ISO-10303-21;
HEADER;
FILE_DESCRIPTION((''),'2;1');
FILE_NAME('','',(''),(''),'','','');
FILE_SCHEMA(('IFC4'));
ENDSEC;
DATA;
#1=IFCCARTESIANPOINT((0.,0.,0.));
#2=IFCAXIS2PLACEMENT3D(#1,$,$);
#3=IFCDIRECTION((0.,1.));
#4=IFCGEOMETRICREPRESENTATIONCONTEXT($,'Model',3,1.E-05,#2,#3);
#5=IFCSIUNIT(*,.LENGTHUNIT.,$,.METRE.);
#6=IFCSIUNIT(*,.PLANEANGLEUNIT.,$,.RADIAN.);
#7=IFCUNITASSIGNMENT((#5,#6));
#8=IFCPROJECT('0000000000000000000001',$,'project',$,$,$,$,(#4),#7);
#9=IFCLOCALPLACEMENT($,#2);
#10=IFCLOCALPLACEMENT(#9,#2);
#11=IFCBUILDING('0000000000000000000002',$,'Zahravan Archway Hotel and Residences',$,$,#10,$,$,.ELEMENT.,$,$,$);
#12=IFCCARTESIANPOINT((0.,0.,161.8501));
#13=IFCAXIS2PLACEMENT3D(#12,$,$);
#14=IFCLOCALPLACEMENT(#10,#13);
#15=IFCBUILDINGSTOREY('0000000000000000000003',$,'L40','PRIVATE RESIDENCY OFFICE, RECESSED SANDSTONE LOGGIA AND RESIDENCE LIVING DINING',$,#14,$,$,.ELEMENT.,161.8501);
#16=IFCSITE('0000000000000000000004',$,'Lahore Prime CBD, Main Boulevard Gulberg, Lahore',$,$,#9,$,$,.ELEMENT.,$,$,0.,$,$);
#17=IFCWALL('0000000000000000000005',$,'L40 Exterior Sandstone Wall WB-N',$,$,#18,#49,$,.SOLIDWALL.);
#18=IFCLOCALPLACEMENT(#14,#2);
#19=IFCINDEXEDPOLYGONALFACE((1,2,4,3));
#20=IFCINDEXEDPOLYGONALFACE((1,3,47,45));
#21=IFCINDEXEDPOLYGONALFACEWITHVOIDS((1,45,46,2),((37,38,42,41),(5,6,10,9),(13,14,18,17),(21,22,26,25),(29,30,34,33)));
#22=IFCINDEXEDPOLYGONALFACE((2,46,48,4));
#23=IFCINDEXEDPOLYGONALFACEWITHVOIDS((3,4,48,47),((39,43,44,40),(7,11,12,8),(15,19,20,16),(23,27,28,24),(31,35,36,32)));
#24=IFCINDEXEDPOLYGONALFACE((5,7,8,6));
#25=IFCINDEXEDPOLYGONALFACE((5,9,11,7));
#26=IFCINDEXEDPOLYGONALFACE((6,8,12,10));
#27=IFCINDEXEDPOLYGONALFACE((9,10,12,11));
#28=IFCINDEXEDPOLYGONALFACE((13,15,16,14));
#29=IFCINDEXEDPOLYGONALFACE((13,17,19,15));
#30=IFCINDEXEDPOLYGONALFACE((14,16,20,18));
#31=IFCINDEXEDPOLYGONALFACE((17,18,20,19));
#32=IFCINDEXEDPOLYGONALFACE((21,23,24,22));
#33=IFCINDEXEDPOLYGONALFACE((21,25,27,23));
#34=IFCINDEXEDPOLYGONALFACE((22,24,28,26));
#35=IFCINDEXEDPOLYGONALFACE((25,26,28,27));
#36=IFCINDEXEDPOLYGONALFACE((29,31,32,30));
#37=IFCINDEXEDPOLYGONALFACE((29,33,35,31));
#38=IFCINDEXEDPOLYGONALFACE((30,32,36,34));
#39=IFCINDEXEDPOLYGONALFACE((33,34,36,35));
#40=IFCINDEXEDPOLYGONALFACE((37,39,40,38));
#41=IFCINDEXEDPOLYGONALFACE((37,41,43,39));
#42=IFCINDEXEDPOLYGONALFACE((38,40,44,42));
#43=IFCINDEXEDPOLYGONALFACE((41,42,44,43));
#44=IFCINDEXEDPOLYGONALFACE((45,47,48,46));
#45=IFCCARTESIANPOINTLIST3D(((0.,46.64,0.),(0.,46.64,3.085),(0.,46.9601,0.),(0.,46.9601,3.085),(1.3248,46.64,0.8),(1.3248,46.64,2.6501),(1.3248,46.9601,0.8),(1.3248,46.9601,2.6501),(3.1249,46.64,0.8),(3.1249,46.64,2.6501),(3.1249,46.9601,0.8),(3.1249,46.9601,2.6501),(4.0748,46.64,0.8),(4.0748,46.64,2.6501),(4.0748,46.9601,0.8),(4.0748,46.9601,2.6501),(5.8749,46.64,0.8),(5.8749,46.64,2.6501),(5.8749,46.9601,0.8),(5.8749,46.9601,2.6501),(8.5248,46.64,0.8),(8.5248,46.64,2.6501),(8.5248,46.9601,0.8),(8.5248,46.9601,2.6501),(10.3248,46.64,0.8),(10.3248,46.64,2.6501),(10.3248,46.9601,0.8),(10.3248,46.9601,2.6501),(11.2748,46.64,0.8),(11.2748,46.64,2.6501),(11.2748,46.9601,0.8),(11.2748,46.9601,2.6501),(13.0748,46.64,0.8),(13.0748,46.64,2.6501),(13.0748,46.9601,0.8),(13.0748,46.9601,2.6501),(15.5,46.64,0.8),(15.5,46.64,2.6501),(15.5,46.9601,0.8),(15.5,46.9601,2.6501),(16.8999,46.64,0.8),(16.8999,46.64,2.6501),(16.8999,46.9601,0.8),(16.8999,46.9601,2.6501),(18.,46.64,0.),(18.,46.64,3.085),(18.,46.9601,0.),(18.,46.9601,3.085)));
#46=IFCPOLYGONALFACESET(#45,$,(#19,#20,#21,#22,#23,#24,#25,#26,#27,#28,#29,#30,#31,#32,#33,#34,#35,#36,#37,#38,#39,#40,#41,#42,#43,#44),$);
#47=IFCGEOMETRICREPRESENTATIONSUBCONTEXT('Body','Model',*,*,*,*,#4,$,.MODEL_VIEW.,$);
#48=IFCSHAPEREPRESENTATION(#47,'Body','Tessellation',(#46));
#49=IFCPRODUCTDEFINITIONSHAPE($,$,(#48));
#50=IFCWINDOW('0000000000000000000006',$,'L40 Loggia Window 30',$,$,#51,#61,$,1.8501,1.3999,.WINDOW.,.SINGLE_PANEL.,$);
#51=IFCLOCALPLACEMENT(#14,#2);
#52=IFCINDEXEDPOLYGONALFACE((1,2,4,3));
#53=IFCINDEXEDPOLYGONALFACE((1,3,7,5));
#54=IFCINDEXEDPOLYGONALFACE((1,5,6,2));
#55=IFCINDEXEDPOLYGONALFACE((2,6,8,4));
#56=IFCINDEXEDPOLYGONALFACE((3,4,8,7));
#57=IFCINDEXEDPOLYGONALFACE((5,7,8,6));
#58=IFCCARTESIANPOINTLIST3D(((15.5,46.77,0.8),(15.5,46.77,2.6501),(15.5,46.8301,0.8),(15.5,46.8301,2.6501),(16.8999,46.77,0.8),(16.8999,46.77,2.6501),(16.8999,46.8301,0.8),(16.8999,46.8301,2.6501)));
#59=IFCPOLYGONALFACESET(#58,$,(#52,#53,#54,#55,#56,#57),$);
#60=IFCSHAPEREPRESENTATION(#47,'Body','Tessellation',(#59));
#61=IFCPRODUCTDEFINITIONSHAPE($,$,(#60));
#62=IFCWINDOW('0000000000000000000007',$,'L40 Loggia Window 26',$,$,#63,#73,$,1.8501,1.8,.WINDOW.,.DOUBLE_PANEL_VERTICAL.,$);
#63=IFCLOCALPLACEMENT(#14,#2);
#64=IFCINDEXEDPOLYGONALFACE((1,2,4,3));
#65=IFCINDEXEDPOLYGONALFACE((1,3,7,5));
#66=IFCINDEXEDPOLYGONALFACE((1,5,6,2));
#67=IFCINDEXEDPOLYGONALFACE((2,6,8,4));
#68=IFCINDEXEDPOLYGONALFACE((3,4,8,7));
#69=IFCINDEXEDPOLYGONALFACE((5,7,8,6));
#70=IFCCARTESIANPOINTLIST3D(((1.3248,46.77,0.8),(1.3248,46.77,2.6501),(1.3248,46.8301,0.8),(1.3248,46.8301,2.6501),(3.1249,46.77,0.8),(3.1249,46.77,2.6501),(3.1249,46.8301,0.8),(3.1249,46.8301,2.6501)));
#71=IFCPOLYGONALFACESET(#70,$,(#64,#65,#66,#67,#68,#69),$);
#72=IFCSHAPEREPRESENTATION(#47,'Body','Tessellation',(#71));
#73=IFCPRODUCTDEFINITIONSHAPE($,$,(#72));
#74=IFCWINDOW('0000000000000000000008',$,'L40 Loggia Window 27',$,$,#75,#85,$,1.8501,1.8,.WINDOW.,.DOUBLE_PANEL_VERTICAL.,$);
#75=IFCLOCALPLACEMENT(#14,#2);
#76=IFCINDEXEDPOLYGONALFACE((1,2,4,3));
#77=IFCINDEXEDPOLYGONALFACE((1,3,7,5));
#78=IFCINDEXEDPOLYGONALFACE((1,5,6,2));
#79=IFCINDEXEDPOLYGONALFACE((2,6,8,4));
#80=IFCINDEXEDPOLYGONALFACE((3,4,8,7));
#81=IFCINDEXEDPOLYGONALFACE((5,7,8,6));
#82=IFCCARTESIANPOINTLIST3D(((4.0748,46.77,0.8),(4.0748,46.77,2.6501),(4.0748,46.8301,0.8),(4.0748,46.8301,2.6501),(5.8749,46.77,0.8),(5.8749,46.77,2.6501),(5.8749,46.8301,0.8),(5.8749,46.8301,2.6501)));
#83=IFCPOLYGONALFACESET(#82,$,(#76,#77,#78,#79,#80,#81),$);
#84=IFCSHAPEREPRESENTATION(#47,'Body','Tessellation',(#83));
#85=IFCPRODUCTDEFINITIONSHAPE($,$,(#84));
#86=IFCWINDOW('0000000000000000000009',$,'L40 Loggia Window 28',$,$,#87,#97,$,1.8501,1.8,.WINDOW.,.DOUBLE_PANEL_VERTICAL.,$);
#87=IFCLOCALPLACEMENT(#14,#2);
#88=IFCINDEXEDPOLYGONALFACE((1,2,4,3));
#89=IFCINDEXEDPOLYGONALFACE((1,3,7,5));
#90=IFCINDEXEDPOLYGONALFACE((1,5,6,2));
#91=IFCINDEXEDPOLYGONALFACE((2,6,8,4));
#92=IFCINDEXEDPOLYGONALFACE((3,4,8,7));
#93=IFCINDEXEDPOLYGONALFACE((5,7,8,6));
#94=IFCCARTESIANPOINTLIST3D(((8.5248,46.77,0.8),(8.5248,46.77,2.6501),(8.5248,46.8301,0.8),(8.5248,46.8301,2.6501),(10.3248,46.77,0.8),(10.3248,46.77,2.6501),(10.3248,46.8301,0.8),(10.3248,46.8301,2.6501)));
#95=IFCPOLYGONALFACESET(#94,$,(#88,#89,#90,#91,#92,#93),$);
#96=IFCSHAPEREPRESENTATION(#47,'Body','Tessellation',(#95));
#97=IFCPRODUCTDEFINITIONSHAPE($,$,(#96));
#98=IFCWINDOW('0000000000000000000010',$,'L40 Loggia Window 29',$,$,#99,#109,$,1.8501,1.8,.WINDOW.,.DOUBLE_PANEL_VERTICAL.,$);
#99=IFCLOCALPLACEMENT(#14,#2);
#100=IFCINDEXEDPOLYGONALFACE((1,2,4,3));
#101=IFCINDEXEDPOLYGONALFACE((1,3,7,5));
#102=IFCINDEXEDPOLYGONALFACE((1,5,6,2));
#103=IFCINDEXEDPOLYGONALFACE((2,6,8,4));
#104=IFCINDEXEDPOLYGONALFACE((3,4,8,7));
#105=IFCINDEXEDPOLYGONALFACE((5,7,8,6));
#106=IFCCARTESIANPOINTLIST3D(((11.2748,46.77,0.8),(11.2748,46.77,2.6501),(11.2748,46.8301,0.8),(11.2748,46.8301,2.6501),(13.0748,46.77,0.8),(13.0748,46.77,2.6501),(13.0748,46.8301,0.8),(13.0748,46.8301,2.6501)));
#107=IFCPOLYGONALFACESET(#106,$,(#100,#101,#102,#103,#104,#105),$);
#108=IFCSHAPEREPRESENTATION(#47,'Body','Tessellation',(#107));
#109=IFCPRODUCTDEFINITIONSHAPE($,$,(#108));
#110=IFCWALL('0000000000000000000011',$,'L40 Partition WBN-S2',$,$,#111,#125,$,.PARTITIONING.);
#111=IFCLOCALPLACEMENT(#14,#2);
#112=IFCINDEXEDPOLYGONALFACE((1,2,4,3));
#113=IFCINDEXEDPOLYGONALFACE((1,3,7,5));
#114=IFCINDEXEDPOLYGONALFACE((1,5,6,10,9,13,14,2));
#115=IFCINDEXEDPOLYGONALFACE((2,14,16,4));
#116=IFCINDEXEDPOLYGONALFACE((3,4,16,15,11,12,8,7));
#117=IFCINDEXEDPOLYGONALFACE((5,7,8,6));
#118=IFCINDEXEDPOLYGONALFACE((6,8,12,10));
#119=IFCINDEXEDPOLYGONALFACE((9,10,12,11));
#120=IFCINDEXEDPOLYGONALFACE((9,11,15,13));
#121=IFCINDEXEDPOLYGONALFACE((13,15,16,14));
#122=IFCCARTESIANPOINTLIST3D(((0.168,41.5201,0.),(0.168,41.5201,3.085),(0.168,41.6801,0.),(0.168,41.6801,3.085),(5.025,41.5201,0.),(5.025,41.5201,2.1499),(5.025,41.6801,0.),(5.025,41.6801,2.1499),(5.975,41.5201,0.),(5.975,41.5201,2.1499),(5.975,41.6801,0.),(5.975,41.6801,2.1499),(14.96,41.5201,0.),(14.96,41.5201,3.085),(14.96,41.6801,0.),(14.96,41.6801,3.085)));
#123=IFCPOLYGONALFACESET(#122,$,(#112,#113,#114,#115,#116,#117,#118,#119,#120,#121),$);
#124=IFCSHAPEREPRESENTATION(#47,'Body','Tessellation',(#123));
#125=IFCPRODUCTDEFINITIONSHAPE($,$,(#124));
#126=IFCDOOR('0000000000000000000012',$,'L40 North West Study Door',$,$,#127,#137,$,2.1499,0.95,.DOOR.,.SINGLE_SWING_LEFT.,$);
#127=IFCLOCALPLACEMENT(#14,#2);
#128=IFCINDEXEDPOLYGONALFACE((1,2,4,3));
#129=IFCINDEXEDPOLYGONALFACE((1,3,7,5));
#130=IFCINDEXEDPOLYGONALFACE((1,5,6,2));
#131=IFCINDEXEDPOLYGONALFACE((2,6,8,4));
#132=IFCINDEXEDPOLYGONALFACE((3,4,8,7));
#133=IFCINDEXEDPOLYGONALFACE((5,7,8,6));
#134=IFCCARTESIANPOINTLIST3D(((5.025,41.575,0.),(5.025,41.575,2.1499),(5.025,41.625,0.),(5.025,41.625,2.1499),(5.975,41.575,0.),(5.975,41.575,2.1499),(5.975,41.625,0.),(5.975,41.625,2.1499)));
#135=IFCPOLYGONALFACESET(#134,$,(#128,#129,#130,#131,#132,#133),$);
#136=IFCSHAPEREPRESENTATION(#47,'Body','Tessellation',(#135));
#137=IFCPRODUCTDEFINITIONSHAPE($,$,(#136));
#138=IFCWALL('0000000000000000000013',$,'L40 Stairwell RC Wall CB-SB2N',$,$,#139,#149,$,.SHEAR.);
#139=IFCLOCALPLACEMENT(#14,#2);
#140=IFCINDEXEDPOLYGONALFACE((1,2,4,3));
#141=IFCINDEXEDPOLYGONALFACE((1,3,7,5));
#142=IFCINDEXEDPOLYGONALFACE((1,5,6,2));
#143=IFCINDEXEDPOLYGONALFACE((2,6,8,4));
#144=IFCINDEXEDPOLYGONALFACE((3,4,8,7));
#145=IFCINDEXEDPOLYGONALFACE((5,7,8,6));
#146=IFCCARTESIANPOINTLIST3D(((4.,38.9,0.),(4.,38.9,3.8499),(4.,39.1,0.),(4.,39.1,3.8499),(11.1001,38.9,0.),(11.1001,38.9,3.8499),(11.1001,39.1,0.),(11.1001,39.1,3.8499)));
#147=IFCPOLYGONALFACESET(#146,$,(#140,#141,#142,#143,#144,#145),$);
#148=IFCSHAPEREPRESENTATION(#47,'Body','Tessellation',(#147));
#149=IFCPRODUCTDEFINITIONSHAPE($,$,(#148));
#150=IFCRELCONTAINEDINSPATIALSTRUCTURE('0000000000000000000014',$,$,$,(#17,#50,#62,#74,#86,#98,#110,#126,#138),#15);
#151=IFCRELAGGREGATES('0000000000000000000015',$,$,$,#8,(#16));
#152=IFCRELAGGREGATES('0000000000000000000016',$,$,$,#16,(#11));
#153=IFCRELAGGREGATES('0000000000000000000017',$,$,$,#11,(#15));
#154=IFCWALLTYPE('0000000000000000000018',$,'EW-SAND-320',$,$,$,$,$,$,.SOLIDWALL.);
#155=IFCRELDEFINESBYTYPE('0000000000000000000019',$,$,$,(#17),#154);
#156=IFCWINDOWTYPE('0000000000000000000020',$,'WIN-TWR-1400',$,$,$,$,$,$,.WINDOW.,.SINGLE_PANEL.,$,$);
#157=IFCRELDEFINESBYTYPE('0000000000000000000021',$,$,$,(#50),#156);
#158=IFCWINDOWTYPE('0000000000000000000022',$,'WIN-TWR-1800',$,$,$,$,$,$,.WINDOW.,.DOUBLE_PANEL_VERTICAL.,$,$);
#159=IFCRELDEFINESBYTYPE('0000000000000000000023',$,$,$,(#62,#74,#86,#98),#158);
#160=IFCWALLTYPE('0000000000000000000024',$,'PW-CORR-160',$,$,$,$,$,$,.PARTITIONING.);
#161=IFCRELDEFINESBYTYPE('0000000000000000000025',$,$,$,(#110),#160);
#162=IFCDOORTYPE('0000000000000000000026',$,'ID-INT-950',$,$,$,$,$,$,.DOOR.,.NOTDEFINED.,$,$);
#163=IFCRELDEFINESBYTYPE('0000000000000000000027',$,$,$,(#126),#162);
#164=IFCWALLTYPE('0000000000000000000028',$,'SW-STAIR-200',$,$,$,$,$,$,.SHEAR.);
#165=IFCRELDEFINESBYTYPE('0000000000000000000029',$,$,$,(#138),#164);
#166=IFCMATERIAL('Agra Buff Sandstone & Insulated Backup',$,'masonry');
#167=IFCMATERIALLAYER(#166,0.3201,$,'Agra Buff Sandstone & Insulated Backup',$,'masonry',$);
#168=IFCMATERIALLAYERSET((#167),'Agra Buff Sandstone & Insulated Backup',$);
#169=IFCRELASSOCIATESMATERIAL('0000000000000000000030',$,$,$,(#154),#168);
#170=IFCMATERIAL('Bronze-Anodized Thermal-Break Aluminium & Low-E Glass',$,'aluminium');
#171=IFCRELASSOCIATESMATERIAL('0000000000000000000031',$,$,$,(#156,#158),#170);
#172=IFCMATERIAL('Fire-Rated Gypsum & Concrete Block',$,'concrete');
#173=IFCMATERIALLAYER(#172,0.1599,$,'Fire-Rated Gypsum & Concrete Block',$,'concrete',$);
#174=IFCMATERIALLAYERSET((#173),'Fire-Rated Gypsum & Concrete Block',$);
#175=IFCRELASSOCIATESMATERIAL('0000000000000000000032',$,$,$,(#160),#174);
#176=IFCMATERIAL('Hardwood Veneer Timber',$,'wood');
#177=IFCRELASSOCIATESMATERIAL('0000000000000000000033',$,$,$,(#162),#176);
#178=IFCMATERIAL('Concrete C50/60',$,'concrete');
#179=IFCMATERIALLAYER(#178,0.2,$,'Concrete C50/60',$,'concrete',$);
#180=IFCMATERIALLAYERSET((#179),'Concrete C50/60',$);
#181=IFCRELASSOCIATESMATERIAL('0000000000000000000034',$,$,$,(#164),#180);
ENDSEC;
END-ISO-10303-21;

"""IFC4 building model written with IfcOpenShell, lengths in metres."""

from ifc_helpers import new_model, si_unit, direction, frame, frame_2d, origin, place, context, subcontext, project, spatial, rectangle, extrude, source, transform, mapped, material, layer, layer_set, type_object, type_shapes, element, fill, save


model = new_model("IFC4")

# Units and contexts
model_context = context("Model", 3, precision=1e-05, world=origin(), true_north=direction((0.0, 1.0)))
body_context = subcontext(model_context, "Body", "Model", "MODEL_VIEW")
ifc_project = project(units=[si_unit("LENGTHUNIT", "METRE"), si_unit("PLANEANGLEUNIT", "RADIAN")], contexts=[model_context])

# Site, building, storey
site_placement = place(None, origin())
site = spatial("IfcSite", under=ifc_project, at=site_placement, Name="Lahore Prime CBD, Main Boulevard Gulberg, Lahore", CompositionType="ELEMENT", RefElevation=0.0)
building_placement = place(site_placement, origin())
building = spatial("IfcBuilding", under=site, at=building_placement, Name="Zahravan Archway Hotel and Residences", CompositionType="ELEMENT")
storey_placement = place(building_placement, frame((0.0, 0.0, 161.8501)))
storey = spatial("IfcBuildingStorey", under=building, at=storey_placement, Name="L40", Description="PRIVATE RESIDENCY OFFICE, RECESSED SANDSTONE LOGGIA AND RESIDENCE LIVING DINING", CompositionType="ELEMENT", Elevation=161.8501)

# Wall, openings, windows
ifc_material_1 = material(Name="Agra Buff Sandstone & Insulated Backup", Category="masonry")
ifc_layer_1 = layer(ifc_material_1, 0.3201, Name="Agra Buff Sandstone & Insulated Backup", Category="masonry")
ifc_layer_set_1 = layer_set([ifc_layer_1], Name="Agra Buff Sandstone & Insulated Backup")
wall_type_1 = type_object("IfcWallType", Name="EW-SAND-320", PredefinedType="SOLIDWALL", material=ifc_layer_set_1)
wall_1_placement = place(storey_placement, frame((0.0, 46.8, 0.0), z_axis=(0.0, 0.0, 1.0), x_axis=(1.0, 0.0, 0.0)))
wall_1 = element("IfcWall", 1, at=wall_1_placement, inside=storey, type_object=wall_type_1, Name="L40 Exterior Sandstone Wall WB-N", PredefinedType="SOLIDWALL", context=body_context, shape_type="SweptSolid", body=[
    extrude(rectangle(XDim=18.0, YDim=0.3201, at=frame_2d((9.0, 0.0))), origin(), (0.0, 0.0, 1.0), 3.085),
])
opening_1_placement = place(wall_1_placement, frame((1.325, 0.0, 0.8)))
opening_1 = element("IfcOpeningElement", 2, at=opening_1_placement, cuts=wall_1, PredefinedType="OPENING", context=body_context, shape_type="SweptSolid", body=[
    extrude(rectangle(XDim=1.8, YDim=1.8501, at=frame_2d((0.8999, 0.925))), frame((0.0, 0.1699, 0.0), z_axis=(0.0, -1.0, 0.0), x_axis=(1.0, 0.0, 0.0)), (0.0, 0.0, 1.0), 0.3401),
])
opening_2_placement = place(wall_1_placement, frame((4.075, 0.0, 0.8)))
opening_2 = element("IfcOpeningElement", 3, at=opening_2_placement, cuts=wall_1, PredefinedType="OPENING", context=body_context, shape_type="SweptSolid", body=[
    extrude(rectangle(XDim=1.8, YDim=1.8501, at=frame_2d((0.8999, 0.925))), frame((0.0, 0.1699, 0.0), z_axis=(0.0, -1.0, 0.0), x_axis=(1.0, 0.0, 0.0)), (0.0, 0.0, 1.0), 0.3401),
])
opening_3_placement = place(wall_1_placement, frame((8.5249, 0.0, 0.8)))
opening_3 = element("IfcOpeningElement", 4, at=opening_3_placement, cuts=wall_1, PredefinedType="OPENING", context=body_context, shape_type="SweptSolid", body=[
    extrude(rectangle(XDim=1.8, YDim=1.8501, at=frame_2d((0.8999, 0.925))), frame((0.0, 0.1699, 0.0), z_axis=(0.0, -1.0, 0.0), x_axis=(1.0, 0.0, 0.0)), (0.0, 0.0, 1.0), 0.3401),
])
opening_4_placement = place(wall_1_placement, frame((11.2749, 0.0, 0.8)))
opening_4 = element("IfcOpeningElement", 5, at=opening_4_placement, cuts=wall_1, PredefinedType="OPENING", context=body_context, shape_type="SweptSolid", body=[
    extrude(rectangle(XDim=1.8, YDim=1.8501, at=frame_2d((0.8999, 0.925))), frame((0.0, 0.1699, 0.0), z_axis=(0.0, -1.0, 0.0), x_axis=(1.0, 0.0, 0.0)), (0.0, 0.0, 1.0), 0.3401),
])
opening_5_placement = place(wall_1_placement, frame((15.5, 0.0, 0.8)))
opening_5 = element("IfcOpeningElement", 6, at=opening_5_placement, cuts=wall_1, PredefinedType="OPENING", context=body_context, shape_type="SweptSolid", body=[
    extrude(rectangle(XDim=1.3999, YDim=1.8501, at=frame_2d((0.7, 0.925))), frame((0.0, 0.1699, 0.0), z_axis=(0.0, -1.0, 0.0), x_axis=(1.0, 0.0, 0.0)), (0.0, 0.0, 1.0), 0.3401),
])
ifc_material_2 = material(Name="Bronze-Anodized Thermal-Break Aluminium & Low-E Glass", Category="aluminium")
window_type_1 = type_object("IfcWindowType", Name="WIN-TWR-1400", PartitioningType="SINGLE_PANEL", PredefinedType="WINDOW", material=ifc_material_2)
shared_shape_1 = source(origin(), body_context, "Body", "SweptSolid", [
    extrude(rectangle(XDim=1.3999, YDim=1.8501, at=frame_2d((0.7, 0.925))), frame((0.0, 0.03, 0.0), z_axis=(0.0, -1.0, 0.0), x_axis=(1.0, 0.0, 0.0)), (0.0, 0.0, 1.0), 0.0601),
])
type_shapes(window_type_1, [shared_shape_1])
window_1_placement = place(opening_5_placement, origin())
window_1 = element("IfcWindow", 7, at=window_1_placement, inside=storey, type_object=window_type_1, Name="L40 Loggia Window 30", OverallHeight=1.8501, OverallWidth=1.3999, PartitioningType="SINGLE_PANEL", PredefinedType="WINDOW", context=body_context, shape_type="MappedRepresentation", body=[
    mapped(shared_shape_1, transform((0.0, 0.0, 0.0), scale=1.0)),
])
fill(opening_5, window_1)
window_type_2 = type_object("IfcWindowType", Name="WIN-TWR-1800", PartitioningType="DOUBLE_PANEL_VERTICAL", PredefinedType="WINDOW", material=ifc_material_2)
shared_shape_2 = source(origin(), body_context, "Body", "SweptSolid", [
    extrude(rectangle(XDim=1.8, YDim=1.8501, at=frame_2d((0.8999, 0.925))), frame((0.0, 0.03, 0.0), z_axis=(0.0, -1.0, 0.0), x_axis=(1.0, 0.0, 0.0)), (0.0, 0.0, 1.0), 0.0601),
])
type_shapes(window_type_2, [shared_shape_2])
window_2_placement = place(opening_1_placement, origin())
window_2 = element("IfcWindow", 8, at=window_2_placement, inside=storey, type_object=window_type_2, Name="L40 Loggia Window 26", OverallHeight=1.8501, OverallWidth=1.8, PartitioningType="DOUBLE_PANEL_VERTICAL", PredefinedType="WINDOW", context=body_context, shape_type="MappedRepresentation", body=[
    mapped(shared_shape_2, transform((0.0, 0.0, 0.0), scale=1.0)),
])
fill(opening_1, window_2)
window_3_placement = place(opening_2_placement, origin())
window_3 = element("IfcWindow", 9, at=window_3_placement, inside=storey, type_object=window_type_2, Name="L40 Loggia Window 27", OverallHeight=1.8501, OverallWidth=1.8, PartitioningType="DOUBLE_PANEL_VERTICAL", PredefinedType="WINDOW", context=body_context, shape_type="MappedRepresentation", body=[
    mapped(shared_shape_2, transform((0.0, 0.0, 0.0), scale=1.0)),
])
fill(opening_2, window_3)
window_4_placement = place(opening_3_placement, origin())
window_4 = element("IfcWindow", 10, at=window_4_placement, inside=storey, type_object=window_type_2, Name="L40 Loggia Window 28", OverallHeight=1.8501, OverallWidth=1.8, PartitioningType="DOUBLE_PANEL_VERTICAL", PredefinedType="WINDOW", context=body_context, shape_type="MappedRepresentation", body=[
    mapped(shared_shape_2, transform((0.0, 0.0, 0.0), scale=1.0)),
])
fill(opening_3, window_4)
window_5_placement = place(opening_4_placement, origin())
window_5 = element("IfcWindow", 11, at=window_5_placement, inside=storey, type_object=window_type_2, Name="L40 Loggia Window 29", OverallHeight=1.8501, OverallWidth=1.8, PartitioningType="DOUBLE_PANEL_VERTICAL", PredefinedType="WINDOW", context=body_context, shape_type="MappedRepresentation", body=[
    mapped(shared_shape_2, transform((0.0, 0.0, 0.0), scale=1.0)),
])
fill(opening_4, window_5)

# Wall, opening, door
ifc_material_3 = material(Name="Fire-Rated Gypsum & Concrete Block", Category="concrete")
ifc_layer_2 = layer(ifc_material_3, 0.1599, Name="Fire-Rated Gypsum & Concrete Block", Category="concrete")
ifc_layer_set_2 = layer_set([ifc_layer_2], Name="Fire-Rated Gypsum & Concrete Block")
wall_type_2 = type_object("IfcWallType", Name="PW-CORR-160", PredefinedType="PARTITIONING", material=ifc_layer_set_2)
wall_2_placement = place(storey_placement, frame((0.168, 41.6001, 0.0), z_axis=(0.0, 0.0, 1.0), x_axis=(1.0, 0.0, 0.0)))
wall_2 = element("IfcWall", 12, at=wall_2_placement, inside=storey, type_object=wall_type_2, Name="L40 Partition WBN-S2", PredefinedType="PARTITIONING", context=body_context, shape_type="SweptSolid", body=[
    extrude(rectangle(XDim=14.792, YDim=0.1599, at=frame_2d((7.396, 0.0))), origin(), (0.0, 0.0, 1.0), 3.085),
])
opening_6_placement = place(wall_2_placement, frame((4.8569, 0.0, 0.0)))
opening_6 = element("IfcOpeningElement", 13, at=opening_6_placement, cuts=wall_2, PredefinedType="OPENING", context=body_context, shape_type="SweptSolid", body=[
    extrude(rectangle(XDim=0.95, YDim=2.1499, at=frame_2d((0.4751, 1.075))), frame((0.0, 0.0898, 0.0), z_axis=(0.0, -1.0, 0.0), x_axis=(1.0, 0.0, 0.0)), (0.0, 0.0, 1.0), 0.1799),
])
ifc_material_4 = material(Name="Hardwood Veneer Timber", Category="wood")
door_type_1 = type_object("IfcDoorType", Name="ID-INT-950", OperationType="NOTDEFINED", PredefinedType="DOOR", material=ifc_material_4)
shared_shape_3 = source(origin(), body_context, "Body", "SweptSolid", [
    extrude(rectangle(XDim=0.95, YDim=2.1499, at=frame_2d((0.4751, 1.075))), frame((0.0, 0.0249, 0.0), z_axis=(0.0, -1.0, 0.0), x_axis=(1.0, 0.0, 0.0)), (0.0, 0.0, 1.0), 0.05),
])
type_shapes(door_type_1, [shared_shape_3])
door_1_placement = place(opening_6_placement, origin())
door_1 = element("IfcDoor", 14, at=door_1_placement, inside=storey, type_object=door_type_1, Name="L40 North West Study Door", OperationType="SINGLE_SWING_LEFT", OverallHeight=2.1499, OverallWidth=0.95, PredefinedType="DOOR", context=body_context, shape_type="MappedRepresentation", body=[
    mapped(shared_shape_3, transform((0.0, 0.0, 0.0), scale=1.0)),
])
fill(opening_6, door_1)

# Wall
ifc_material_5 = material(Name="Concrete C50/60", Category="concrete")
ifc_layer_3 = layer(ifc_material_5, 0.2, Name="Concrete C50/60", Category="concrete")
ifc_layer_set_3 = layer_set([ifc_layer_3], Name="Concrete C50/60")
wall_type_3 = type_object("IfcWallType", Name="SW-STAIR-200", PredefinedType="SHEAR", material=ifc_layer_set_3)
wall_3_placement = place(storey_placement, frame((4.0, 39.0, 0.0), z_axis=(0.0, 0.0, 1.0), x_axis=(1.0, 0.0, 0.0)))
element("IfcWall", 15, at=wall_3_placement, inside=storey, type_object=wall_type_3, Name="L40 Stairwell RC Wall CB-SB2N", PredefinedType="SHEAR", context=body_context, shape_type="SweptSolid", body=[
    extrude(rectangle(XDim=7.1001, YDim=0.2, at=frame_2d((3.55, 0.0))), origin(), (0.0, 0.0, 1.0), 3.8499),
])

save(model, "model.ifc")
